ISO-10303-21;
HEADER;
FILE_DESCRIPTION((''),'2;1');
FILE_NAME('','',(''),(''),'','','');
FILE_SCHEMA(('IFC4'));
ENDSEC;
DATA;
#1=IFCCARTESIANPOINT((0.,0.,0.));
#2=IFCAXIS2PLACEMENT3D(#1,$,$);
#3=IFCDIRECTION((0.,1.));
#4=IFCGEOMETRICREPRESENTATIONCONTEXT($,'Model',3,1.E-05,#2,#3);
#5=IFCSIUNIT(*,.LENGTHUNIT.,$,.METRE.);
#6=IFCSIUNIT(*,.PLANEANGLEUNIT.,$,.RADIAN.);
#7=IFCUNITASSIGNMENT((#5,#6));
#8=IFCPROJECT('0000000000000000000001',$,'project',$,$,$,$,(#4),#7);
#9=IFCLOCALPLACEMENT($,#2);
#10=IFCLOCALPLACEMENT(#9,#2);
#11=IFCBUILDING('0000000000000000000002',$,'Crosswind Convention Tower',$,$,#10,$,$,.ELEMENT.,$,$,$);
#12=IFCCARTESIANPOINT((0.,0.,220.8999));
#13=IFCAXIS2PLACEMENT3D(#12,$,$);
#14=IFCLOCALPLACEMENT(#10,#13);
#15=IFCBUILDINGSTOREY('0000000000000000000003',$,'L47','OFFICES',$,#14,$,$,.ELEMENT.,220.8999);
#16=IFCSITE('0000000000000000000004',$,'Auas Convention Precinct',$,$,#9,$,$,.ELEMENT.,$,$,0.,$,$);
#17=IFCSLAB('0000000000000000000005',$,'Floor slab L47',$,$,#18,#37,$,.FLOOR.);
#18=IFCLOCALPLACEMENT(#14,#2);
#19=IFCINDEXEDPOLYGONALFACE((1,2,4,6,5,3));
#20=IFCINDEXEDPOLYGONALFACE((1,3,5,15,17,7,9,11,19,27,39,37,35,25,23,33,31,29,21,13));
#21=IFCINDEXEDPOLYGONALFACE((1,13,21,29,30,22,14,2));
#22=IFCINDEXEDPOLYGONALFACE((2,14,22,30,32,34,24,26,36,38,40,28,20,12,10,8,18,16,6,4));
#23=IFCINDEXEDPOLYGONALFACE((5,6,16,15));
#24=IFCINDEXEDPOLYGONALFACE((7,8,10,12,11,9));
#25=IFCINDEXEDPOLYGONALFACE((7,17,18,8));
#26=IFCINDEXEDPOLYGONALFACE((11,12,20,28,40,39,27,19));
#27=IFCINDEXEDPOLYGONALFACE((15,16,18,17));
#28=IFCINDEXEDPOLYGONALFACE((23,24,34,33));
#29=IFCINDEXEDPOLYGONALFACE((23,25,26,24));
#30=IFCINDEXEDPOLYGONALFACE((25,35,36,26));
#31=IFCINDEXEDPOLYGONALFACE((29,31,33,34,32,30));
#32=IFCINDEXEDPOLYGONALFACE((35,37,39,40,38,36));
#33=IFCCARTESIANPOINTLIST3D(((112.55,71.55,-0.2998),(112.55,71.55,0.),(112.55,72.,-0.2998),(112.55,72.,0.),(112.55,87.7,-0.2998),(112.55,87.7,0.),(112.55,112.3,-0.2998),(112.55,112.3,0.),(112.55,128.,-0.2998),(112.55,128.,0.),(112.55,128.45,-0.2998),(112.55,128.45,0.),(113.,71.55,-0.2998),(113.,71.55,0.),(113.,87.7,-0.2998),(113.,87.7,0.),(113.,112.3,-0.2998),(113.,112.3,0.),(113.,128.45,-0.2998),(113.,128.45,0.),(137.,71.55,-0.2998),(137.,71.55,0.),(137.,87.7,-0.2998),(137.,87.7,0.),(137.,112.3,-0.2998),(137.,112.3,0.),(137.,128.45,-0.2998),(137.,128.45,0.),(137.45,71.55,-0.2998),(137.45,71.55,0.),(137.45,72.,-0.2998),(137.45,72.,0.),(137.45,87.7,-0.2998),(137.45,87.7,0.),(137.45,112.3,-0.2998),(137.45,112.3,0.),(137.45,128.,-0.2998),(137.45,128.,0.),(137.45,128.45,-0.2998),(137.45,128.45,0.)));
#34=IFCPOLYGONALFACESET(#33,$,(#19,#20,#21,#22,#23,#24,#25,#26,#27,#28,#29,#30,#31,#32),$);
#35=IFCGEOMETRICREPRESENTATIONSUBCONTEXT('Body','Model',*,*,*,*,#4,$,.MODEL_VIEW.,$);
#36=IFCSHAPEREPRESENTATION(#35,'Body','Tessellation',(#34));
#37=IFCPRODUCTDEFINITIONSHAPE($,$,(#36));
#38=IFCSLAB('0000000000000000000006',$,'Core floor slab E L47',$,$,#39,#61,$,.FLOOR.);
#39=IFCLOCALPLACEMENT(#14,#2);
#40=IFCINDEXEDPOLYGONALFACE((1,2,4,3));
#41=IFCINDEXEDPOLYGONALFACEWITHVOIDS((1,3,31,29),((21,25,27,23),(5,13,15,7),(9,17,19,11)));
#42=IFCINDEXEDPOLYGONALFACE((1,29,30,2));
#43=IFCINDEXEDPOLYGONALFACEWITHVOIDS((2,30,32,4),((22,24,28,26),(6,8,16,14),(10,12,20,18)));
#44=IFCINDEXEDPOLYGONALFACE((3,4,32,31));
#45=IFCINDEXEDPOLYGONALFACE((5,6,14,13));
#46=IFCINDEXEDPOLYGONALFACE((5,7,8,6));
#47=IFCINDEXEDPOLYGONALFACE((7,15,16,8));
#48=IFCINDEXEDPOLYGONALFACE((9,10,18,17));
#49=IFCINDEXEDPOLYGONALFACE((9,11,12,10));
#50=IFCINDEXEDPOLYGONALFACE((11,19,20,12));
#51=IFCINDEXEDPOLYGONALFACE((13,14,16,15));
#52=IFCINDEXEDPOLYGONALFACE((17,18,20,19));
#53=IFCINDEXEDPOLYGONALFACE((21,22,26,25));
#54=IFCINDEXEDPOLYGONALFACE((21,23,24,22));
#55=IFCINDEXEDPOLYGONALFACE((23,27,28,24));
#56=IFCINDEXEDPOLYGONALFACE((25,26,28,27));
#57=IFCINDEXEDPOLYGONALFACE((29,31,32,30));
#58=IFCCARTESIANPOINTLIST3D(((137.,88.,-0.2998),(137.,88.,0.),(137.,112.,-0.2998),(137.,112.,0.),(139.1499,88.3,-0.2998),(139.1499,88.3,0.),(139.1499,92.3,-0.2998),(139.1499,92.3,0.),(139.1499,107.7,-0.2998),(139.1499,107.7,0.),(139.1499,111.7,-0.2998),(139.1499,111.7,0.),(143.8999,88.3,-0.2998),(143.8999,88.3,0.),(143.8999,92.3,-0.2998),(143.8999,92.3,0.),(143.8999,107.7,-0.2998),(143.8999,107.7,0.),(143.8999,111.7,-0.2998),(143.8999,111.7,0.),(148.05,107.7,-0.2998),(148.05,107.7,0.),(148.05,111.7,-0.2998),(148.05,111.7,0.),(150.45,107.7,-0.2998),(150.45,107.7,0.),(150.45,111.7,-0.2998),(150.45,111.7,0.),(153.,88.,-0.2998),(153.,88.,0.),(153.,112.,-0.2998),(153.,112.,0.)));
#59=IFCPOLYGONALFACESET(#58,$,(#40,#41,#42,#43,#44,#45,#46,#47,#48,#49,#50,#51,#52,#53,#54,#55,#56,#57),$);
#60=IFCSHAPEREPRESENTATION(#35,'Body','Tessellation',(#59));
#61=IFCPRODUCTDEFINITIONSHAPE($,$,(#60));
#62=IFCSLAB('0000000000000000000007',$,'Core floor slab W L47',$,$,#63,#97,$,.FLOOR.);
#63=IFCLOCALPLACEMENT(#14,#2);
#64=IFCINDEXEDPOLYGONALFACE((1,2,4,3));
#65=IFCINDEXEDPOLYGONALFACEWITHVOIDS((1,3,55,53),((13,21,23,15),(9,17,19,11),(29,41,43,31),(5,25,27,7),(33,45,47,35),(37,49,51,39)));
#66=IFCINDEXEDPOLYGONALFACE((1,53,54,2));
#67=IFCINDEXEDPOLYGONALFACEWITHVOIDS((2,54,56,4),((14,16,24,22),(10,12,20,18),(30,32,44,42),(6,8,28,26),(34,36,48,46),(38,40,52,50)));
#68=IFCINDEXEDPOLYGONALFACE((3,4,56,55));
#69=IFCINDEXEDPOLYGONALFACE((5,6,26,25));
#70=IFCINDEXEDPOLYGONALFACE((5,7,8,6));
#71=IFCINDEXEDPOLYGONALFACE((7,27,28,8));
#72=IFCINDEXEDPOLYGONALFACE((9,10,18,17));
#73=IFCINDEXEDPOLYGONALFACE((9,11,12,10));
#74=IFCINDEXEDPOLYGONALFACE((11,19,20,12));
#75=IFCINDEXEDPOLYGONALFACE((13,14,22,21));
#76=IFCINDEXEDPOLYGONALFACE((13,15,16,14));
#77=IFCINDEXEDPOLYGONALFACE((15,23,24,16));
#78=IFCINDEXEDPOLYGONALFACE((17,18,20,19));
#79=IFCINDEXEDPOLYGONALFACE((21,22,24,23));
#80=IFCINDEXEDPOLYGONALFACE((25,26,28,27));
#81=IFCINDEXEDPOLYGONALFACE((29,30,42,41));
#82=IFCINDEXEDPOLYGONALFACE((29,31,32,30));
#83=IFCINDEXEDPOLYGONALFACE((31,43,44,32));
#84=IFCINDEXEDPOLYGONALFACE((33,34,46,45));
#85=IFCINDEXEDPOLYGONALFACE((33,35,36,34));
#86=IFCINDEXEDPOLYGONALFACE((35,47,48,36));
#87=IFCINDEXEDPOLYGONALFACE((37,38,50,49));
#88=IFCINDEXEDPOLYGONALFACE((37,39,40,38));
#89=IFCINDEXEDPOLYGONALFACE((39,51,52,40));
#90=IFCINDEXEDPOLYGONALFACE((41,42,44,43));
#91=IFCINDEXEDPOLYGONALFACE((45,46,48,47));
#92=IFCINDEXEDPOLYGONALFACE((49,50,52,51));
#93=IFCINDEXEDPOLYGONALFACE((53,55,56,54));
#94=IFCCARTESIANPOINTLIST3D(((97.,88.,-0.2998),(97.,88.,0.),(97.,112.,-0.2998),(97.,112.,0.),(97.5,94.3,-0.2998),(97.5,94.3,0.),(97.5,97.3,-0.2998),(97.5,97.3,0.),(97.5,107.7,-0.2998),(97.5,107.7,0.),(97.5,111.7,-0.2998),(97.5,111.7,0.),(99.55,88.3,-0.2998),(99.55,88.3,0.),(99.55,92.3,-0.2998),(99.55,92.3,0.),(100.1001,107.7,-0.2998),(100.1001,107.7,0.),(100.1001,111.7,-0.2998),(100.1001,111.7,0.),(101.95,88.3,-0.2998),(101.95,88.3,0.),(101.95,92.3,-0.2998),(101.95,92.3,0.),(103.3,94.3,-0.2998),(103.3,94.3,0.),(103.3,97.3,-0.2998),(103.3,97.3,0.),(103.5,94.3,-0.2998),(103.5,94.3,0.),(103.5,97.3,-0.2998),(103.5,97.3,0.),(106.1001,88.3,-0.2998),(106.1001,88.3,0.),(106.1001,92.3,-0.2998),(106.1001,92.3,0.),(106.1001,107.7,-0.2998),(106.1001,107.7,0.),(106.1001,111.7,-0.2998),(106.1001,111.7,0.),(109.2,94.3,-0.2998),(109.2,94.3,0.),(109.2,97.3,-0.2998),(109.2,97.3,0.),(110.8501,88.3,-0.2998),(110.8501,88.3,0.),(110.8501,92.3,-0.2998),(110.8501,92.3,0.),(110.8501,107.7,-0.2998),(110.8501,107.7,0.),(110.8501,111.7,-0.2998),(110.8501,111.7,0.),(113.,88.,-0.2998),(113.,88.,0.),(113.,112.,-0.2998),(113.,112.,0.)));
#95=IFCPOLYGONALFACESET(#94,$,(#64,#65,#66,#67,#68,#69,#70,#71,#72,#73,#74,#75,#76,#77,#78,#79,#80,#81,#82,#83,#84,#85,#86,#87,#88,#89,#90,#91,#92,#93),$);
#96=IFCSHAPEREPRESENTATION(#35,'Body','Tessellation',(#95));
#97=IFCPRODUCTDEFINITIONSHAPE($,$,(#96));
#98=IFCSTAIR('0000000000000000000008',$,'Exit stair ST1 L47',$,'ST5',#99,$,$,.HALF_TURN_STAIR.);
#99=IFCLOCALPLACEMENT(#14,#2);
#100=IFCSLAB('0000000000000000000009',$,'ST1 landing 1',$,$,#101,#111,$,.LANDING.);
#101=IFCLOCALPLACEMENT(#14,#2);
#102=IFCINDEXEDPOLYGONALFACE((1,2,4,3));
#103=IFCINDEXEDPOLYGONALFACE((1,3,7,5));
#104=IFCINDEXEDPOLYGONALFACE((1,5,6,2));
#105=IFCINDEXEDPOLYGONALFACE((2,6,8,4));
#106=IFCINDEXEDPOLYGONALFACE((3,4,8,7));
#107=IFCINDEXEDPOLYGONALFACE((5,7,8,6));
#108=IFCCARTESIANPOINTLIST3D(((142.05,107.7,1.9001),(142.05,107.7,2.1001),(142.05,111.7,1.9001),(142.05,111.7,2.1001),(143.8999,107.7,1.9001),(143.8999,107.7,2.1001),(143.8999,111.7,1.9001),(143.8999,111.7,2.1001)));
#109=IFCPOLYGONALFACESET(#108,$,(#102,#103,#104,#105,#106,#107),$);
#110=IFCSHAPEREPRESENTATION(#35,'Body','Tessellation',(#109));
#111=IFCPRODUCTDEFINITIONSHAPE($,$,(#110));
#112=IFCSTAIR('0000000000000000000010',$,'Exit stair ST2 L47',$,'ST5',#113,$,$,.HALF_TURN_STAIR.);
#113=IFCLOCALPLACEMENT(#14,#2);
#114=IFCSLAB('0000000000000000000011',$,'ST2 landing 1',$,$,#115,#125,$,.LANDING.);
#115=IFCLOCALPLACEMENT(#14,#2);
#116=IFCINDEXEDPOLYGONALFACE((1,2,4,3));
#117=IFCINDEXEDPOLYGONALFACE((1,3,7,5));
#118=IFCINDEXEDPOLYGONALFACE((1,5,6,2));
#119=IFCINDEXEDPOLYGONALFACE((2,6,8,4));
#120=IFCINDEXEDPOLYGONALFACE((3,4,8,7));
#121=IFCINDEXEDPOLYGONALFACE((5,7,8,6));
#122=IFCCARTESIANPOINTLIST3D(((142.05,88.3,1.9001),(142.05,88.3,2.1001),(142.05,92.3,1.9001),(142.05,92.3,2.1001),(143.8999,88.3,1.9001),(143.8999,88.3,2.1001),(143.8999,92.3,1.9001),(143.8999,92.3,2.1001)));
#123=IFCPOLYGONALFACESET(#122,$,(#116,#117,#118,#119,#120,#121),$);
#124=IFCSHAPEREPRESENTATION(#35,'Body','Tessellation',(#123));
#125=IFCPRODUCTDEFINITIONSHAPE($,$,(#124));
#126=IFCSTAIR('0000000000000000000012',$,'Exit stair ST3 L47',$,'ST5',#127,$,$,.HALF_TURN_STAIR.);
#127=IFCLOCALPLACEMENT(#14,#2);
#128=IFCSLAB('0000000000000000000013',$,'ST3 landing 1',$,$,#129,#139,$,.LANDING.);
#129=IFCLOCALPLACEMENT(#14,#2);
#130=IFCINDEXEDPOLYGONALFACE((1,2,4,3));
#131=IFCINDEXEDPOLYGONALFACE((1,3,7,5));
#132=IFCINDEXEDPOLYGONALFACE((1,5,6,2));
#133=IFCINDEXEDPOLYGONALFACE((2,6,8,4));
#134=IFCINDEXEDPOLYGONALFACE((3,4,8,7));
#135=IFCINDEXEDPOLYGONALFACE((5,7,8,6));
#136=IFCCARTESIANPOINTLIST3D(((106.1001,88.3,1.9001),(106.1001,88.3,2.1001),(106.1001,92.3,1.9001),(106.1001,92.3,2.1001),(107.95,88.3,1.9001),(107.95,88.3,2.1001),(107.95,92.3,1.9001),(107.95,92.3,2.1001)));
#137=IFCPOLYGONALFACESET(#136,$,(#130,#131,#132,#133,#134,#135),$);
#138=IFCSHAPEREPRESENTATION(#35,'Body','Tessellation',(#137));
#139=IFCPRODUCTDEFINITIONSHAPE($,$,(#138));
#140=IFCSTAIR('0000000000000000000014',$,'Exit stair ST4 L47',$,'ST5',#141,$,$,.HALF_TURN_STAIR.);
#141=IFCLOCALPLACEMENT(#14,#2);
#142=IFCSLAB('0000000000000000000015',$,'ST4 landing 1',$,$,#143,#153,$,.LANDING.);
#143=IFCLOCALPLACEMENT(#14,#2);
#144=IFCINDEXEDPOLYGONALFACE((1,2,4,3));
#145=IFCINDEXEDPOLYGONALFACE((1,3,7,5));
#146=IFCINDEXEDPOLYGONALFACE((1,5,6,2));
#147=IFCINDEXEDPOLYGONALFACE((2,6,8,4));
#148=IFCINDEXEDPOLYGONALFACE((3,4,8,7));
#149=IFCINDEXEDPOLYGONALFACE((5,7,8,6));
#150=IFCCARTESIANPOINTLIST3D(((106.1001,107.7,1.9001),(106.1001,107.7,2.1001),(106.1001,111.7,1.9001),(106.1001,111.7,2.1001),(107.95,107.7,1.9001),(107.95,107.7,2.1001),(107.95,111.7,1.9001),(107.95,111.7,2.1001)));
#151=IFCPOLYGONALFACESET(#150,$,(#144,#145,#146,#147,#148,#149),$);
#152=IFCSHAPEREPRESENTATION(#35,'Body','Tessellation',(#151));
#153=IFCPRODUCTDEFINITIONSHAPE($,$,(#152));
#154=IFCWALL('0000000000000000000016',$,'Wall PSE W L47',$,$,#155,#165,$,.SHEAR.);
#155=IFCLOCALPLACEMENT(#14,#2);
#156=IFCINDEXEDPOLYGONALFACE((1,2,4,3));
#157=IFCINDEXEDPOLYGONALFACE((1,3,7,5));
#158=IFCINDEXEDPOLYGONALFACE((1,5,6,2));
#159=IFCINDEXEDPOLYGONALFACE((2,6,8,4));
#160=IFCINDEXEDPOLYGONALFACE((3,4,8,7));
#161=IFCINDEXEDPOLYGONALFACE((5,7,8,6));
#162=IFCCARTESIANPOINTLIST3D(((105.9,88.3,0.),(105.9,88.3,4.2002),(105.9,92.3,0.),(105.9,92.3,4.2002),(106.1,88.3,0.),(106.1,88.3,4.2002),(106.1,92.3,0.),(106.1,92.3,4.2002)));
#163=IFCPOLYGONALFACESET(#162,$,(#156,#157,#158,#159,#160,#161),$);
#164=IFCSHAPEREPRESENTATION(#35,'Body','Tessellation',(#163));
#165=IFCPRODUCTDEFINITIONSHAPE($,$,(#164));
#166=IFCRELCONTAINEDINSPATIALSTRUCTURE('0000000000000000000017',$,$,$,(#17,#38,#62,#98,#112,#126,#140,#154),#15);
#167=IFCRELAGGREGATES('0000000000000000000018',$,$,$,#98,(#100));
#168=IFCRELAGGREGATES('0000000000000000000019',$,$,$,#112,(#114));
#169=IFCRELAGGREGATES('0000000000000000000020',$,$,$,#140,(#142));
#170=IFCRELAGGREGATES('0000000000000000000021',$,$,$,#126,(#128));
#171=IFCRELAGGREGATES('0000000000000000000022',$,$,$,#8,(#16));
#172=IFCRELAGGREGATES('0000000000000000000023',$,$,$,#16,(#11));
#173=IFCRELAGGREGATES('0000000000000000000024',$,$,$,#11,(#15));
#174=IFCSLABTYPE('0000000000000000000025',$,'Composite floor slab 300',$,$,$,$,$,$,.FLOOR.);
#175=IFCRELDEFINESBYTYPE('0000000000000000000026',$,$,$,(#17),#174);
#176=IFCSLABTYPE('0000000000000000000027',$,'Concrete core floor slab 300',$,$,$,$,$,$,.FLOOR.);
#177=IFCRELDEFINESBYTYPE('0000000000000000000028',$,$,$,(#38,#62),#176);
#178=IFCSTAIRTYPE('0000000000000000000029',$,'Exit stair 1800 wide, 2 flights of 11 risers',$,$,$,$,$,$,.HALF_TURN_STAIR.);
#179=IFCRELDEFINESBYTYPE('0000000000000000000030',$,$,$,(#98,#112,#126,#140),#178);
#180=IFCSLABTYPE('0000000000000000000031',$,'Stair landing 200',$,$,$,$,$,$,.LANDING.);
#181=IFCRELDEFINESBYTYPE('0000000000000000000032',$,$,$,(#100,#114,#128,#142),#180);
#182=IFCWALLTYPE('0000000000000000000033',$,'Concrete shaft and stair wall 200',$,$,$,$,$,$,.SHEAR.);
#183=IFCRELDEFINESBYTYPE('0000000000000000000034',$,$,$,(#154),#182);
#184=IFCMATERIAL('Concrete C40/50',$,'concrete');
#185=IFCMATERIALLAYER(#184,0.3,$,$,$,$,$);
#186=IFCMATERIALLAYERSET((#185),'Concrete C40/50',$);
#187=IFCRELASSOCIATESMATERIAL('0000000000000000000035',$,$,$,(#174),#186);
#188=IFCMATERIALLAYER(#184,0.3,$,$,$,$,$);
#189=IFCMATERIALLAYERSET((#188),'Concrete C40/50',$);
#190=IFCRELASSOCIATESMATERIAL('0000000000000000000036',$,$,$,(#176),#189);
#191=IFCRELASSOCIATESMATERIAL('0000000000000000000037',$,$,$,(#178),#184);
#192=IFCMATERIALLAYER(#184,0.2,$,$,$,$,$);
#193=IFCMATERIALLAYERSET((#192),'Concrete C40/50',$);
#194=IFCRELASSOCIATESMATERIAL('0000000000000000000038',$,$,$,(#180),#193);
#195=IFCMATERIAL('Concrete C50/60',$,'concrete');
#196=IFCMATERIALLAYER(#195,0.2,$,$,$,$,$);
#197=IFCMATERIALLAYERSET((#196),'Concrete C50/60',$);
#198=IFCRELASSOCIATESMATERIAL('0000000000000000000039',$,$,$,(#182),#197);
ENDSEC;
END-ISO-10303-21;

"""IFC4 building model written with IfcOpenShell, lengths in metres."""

from ifc_helpers import new_model, si_unit, direction, frame, frame_2d, origin, place, context, subcontext, project, spatial, polyline, rectangle, outline, extrude, material, layer, layer_set, type_object, element, aggregate, save


model = new_model("IFC4")

# Units and contexts
model_context = context("Model", 3, precision=1e-05, world=origin(), true_north=direction((0.0, 1.0)))
body_context = subcontext(model_context, "Body", "Model", "MODEL_VIEW")
ifc_project = project(units=[si_unit("LENGTHUNIT", "METRE"), si_unit("PLANEANGLEUNIT", "RADIAN")], contexts=[model_context])

# Site, building, storey
site_placement = place(None, origin())
site = spatial("IfcSite", under=ifc_project, at=site_placement, Name="Auas Convention Precinct", CompositionType="ELEMENT", RefElevation=0.0)
building_placement = place(site_placement, origin())
building = spatial("IfcBuilding", under=site, at=building_placement, Name="Crosswind Convention Tower", CompositionType="ELEMENT")
storey_placement = place(building_placement, frame((0.0, 0.0, 220.8999)))
storey = spatial("IfcBuildingStorey", under=building, at=storey_placement, Name="L47", Description="OFFICES", CompositionType="ELEMENT", Elevation=220.8999)

# Slabs
ifc_material_1 = material(Name="Concrete C40/50", Category="concrete")
ifc_layer_1 = layer(ifc_material_1, 0.3)
ifc_layer_set_1 = layer_set([ifc_layer_1], Name="Concrete C40/50")
slab_type_1 = type_object("IfcSlabType", Name="Composite floor slab 300", PredefinedType="FLOOR", material=ifc_layer_set_1)
slab_1_placement = place(storey_placement, frame((0.0, 0.0, -0.2998)))
element("IfcSlab", 1, at=slab_1_placement, inside=storey, type_object=slab_type_1, Name="Floor slab L47", PredefinedType="FLOOR", context=body_context, shape_type="SweptSolid", body=[
    extrude(outline(polyline([(137.45, 71.55), (137.0, 71.55), (113.0, 71.55), (112.55, 71.55), (112.55, 72.0), (112.55, 87.7), (113.0, 87.7), (113.0, 112.3), (112.55, 112.3), (112.55, 128.0), (112.55, 128.45), (113.0, 128.45), (137.0, 128.45), (137.45, 128.45), (137.45, 128.0), (137.45, 112.3), (137.0, 112.3), (137.0, 87.7), (137.45, 87.7), (137.45, 72.0), (137.45, 71.55)])), origin(), (0.0, 0.0, 1.0), 0.2998),
])
ifc_layer_2 = layer(ifc_material_1, 0.3)
ifc_layer_set_2 = layer_set([ifc_layer_2], Name="Concrete C40/50")
slab_type_2 = type_object("IfcSlabType", Name="Concrete core floor slab 300", PredefinedType="FLOOR", material=ifc_layer_set_2)
slab_2_placement = place(storey_placement, frame((0.0, 0.0, -0.2998)))
element("IfcSlab", 2, at=slab_2_placement, inside=storey, type_object=slab_type_2, Name="Core floor slab E L47", PredefinedType="FLOOR", context=body_context, shape_type="SweptSolid", body=[
    extrude(outline(polyline([(137.0, 88.0), (153.0, 88.0), (153.0, 112.0), (137.0, 112.0), (137.0, 88.0)]), holes=[polyline([(150.45, 107.7), (150.45, 111.7), (148.05, 111.7), (148.05, 107.7), (150.45, 107.7)]), polyline([(143.8999, 107.7), (143.8999, 111.7), (139.1499, 111.7), (139.1499, 107.7), (143.8999, 107.7)]), polyline([(143.8999, 88.3), (143.8999, 92.3), (139.1499, 92.3), (139.1499, 88.3), (143.8999, 88.3)])]), origin(), (0.0, 0.0, 1.0), 0.2998),
])
slab_3_placement = place(storey_placement, frame((0.0, 0.0, -0.2998)))
element("IfcSlab", 3, at=slab_3_placement, inside=storey, type_object=slab_type_2, Name="Core floor slab W L47", PredefinedType="FLOOR", context=body_context, shape_type="SweptSolid", body=[
    extrude(outline(polyline([(97.0, 88.0), (113.0, 88.0), (113.0, 112.0), (97.0, 112.0), (97.0, 88.0)]), holes=[polyline([(109.2, 94.3), (109.2, 97.3), (103.5, 97.3), (103.5, 94.3), (109.2, 94.3)]), polyline([(103.3, 94.3), (103.3, 97.3), (97.5, 97.3), (97.5, 94.3), (103.3, 94.3)]), polyline([(101.95, 88.3), (101.95, 92.3), (99.55, 92.3), (99.55, 88.3), (101.95, 88.3)]), polyline([(100.1001, 107.7), (100.1001, 111.7), (97.5, 111.7), (97.5, 107.7), (100.1001, 107.7)]), polyline([(110.8501, 88.3), (110.8501, 92.3), (106.1001, 92.3), (106.1001, 88.3), (110.8501, 88.3)]), polyline([(110.8501, 107.7), (110.8501, 111.7), (106.1001, 111.7), (106.1001, 107.7), (110.8501, 107.7)])]), origin(), (0.0, 0.0, 1.0), 0.2998),
])

# Stairs, slabs
stair_type = type_object("IfcStairType", Name="Exit stair 1800 wide, 2 flights of 11 risers", PredefinedType="HALF_TURN_STAIR", material=ifc_material_1)
stair_1_placement = place(storey_placement, origin())
stair_1 = element("IfcStair", 4, at=stair_1_placement, inside=storey, type_object=stair_type, Name="Exit stair ST1 L47", ObjectType="ST5", PredefinedType="HALF_TURN_STAIR")
ifc_layer_3 = layer(ifc_material_1, 0.2)
ifc_layer_set_3 = layer_set([ifc_layer_3], Name="Concrete C40/50")
slab_type_3 = type_object("IfcSlabType", Name="Stair landing 200", PredefinedType="LANDING", material=ifc_layer_set_3)
slab_4_placement = place(storey_placement, frame((0.0, 0.0, 1.9001)))
slab_4 = element("IfcSlab", 5, at=slab_4_placement, type_object=slab_type_3, Name="ST1 landing 1", PredefinedType="LANDING", context=body_context, shape_type="SweptSolid", body=[
    extrude(outline(polyline([(143.8999, 107.7), (143.8999, 111.7), (142.05, 111.7), (142.05, 107.7), (143.8999, 107.7)])), origin(), (0.0, 0.0, 1.0), 0.2),
])
aggregate(stair_1, [slab_4])
stair_2_placement = place(storey_placement, origin())
stair_2 = element("IfcStair", 6, at=stair_2_placement, inside=storey, type_object=stair_type, Name="Exit stair ST2 L47", ObjectType="ST5", PredefinedType="HALF_TURN_STAIR")
slab_5_placement = place(storey_placement, frame((0.0, 0.0, 1.9001)))
slab_5 = element("IfcSlab", 7, at=slab_5_placement, type_object=slab_type_3, Name="ST2 landing 1", PredefinedType="LANDING", context=body_context, shape_type="SweptSolid", body=[
    extrude(outline(polyline([(143.8999, 88.3), (143.8999, 92.3), (142.05, 92.3), (142.05, 88.3), (143.8999, 88.3)])), origin(), (0.0, 0.0, 1.0), 0.2),
])
aggregate(stair_2, [slab_5])
stair_3_placement = place(storey_placement, origin())
stair_3 = element("IfcStair", 8, at=stair_3_placement, inside=storey, type_object=stair_type, Name="Exit stair ST3 L47", ObjectType="ST5", PredefinedType="HALF_TURN_STAIR")
slab_6_placement = place(storey_placement, frame((0.0, 0.0, 1.9001)))
slab_6 = element("IfcSlab", 9, at=slab_6_placement, type_object=slab_type_3, Name="ST3 landing 1", PredefinedType="LANDING", context=body_context, shape_type="SweptSolid", body=[
    extrude(outline(polyline([(107.95, 88.3), (107.95, 92.3), (106.1001, 92.3), (106.1001, 88.3), (107.95, 88.3)])), origin(), (0.0, 0.0, 1.0), 0.2),
])
stair_4_placement = place(storey_placement, origin())
stair_4 = element("IfcStair", 10, at=stair_4_placement, inside=storey, type_object=stair_type, Name="Exit stair ST4 L47", ObjectType="ST5", PredefinedType="HALF_TURN_STAIR")
slab_7_placement = place(storey_placement, frame((0.0, 0.0, 1.9001)))
slab_7 = element("IfcSlab", 11, at=slab_7_placement, type_object=slab_type_3, Name="ST4 landing 1", PredefinedType="LANDING", context=body_context, shape_type="SweptSolid", body=[
    extrude(outline(polyline([(107.95, 107.7), (107.95, 111.7), (106.1001, 111.7), (106.1001, 107.7), (107.95, 107.7)])), origin(), (0.0, 0.0, 1.0), 0.2),
])
aggregate(stair_4, [slab_7])

# Wall
ifc_material_2 = material(Name="Concrete C50/60", Category="concrete")
ifc_layer_4 = layer(ifc_material_2, 0.2)
ifc_layer_set_4 = layer_set([ifc_layer_4], Name="Concrete C50/60")
wall_type_1 = type_object("IfcWallType", Name="Concrete shaft and stair wall 200", PredefinedType="SHEAR", material=ifc_layer_set_4)
wall_1_placement = place(storey_placement, frame((106.0, 92.3, 0.0), z_axis=(0.0, 0.0, 1.0), x_axis=(0.0, -1.0, 0.0)))
element("IfcWall", 12, at=wall_1_placement, inside=storey, type_object=wall_type_1, Name="Wall PSE W L47", PredefinedType="SHEAR", context=body_context, shape_type="SweptSolid", body=[
    extrude(rectangle(XDim=4.0, YDim=0.2, at=frame_2d((2.0, 0.0))), origin(), (0.0, 0.0, 1.0), 4.2002),
])

aggregate(stair_3, [slab_6])

save(model, "model.ifc")
